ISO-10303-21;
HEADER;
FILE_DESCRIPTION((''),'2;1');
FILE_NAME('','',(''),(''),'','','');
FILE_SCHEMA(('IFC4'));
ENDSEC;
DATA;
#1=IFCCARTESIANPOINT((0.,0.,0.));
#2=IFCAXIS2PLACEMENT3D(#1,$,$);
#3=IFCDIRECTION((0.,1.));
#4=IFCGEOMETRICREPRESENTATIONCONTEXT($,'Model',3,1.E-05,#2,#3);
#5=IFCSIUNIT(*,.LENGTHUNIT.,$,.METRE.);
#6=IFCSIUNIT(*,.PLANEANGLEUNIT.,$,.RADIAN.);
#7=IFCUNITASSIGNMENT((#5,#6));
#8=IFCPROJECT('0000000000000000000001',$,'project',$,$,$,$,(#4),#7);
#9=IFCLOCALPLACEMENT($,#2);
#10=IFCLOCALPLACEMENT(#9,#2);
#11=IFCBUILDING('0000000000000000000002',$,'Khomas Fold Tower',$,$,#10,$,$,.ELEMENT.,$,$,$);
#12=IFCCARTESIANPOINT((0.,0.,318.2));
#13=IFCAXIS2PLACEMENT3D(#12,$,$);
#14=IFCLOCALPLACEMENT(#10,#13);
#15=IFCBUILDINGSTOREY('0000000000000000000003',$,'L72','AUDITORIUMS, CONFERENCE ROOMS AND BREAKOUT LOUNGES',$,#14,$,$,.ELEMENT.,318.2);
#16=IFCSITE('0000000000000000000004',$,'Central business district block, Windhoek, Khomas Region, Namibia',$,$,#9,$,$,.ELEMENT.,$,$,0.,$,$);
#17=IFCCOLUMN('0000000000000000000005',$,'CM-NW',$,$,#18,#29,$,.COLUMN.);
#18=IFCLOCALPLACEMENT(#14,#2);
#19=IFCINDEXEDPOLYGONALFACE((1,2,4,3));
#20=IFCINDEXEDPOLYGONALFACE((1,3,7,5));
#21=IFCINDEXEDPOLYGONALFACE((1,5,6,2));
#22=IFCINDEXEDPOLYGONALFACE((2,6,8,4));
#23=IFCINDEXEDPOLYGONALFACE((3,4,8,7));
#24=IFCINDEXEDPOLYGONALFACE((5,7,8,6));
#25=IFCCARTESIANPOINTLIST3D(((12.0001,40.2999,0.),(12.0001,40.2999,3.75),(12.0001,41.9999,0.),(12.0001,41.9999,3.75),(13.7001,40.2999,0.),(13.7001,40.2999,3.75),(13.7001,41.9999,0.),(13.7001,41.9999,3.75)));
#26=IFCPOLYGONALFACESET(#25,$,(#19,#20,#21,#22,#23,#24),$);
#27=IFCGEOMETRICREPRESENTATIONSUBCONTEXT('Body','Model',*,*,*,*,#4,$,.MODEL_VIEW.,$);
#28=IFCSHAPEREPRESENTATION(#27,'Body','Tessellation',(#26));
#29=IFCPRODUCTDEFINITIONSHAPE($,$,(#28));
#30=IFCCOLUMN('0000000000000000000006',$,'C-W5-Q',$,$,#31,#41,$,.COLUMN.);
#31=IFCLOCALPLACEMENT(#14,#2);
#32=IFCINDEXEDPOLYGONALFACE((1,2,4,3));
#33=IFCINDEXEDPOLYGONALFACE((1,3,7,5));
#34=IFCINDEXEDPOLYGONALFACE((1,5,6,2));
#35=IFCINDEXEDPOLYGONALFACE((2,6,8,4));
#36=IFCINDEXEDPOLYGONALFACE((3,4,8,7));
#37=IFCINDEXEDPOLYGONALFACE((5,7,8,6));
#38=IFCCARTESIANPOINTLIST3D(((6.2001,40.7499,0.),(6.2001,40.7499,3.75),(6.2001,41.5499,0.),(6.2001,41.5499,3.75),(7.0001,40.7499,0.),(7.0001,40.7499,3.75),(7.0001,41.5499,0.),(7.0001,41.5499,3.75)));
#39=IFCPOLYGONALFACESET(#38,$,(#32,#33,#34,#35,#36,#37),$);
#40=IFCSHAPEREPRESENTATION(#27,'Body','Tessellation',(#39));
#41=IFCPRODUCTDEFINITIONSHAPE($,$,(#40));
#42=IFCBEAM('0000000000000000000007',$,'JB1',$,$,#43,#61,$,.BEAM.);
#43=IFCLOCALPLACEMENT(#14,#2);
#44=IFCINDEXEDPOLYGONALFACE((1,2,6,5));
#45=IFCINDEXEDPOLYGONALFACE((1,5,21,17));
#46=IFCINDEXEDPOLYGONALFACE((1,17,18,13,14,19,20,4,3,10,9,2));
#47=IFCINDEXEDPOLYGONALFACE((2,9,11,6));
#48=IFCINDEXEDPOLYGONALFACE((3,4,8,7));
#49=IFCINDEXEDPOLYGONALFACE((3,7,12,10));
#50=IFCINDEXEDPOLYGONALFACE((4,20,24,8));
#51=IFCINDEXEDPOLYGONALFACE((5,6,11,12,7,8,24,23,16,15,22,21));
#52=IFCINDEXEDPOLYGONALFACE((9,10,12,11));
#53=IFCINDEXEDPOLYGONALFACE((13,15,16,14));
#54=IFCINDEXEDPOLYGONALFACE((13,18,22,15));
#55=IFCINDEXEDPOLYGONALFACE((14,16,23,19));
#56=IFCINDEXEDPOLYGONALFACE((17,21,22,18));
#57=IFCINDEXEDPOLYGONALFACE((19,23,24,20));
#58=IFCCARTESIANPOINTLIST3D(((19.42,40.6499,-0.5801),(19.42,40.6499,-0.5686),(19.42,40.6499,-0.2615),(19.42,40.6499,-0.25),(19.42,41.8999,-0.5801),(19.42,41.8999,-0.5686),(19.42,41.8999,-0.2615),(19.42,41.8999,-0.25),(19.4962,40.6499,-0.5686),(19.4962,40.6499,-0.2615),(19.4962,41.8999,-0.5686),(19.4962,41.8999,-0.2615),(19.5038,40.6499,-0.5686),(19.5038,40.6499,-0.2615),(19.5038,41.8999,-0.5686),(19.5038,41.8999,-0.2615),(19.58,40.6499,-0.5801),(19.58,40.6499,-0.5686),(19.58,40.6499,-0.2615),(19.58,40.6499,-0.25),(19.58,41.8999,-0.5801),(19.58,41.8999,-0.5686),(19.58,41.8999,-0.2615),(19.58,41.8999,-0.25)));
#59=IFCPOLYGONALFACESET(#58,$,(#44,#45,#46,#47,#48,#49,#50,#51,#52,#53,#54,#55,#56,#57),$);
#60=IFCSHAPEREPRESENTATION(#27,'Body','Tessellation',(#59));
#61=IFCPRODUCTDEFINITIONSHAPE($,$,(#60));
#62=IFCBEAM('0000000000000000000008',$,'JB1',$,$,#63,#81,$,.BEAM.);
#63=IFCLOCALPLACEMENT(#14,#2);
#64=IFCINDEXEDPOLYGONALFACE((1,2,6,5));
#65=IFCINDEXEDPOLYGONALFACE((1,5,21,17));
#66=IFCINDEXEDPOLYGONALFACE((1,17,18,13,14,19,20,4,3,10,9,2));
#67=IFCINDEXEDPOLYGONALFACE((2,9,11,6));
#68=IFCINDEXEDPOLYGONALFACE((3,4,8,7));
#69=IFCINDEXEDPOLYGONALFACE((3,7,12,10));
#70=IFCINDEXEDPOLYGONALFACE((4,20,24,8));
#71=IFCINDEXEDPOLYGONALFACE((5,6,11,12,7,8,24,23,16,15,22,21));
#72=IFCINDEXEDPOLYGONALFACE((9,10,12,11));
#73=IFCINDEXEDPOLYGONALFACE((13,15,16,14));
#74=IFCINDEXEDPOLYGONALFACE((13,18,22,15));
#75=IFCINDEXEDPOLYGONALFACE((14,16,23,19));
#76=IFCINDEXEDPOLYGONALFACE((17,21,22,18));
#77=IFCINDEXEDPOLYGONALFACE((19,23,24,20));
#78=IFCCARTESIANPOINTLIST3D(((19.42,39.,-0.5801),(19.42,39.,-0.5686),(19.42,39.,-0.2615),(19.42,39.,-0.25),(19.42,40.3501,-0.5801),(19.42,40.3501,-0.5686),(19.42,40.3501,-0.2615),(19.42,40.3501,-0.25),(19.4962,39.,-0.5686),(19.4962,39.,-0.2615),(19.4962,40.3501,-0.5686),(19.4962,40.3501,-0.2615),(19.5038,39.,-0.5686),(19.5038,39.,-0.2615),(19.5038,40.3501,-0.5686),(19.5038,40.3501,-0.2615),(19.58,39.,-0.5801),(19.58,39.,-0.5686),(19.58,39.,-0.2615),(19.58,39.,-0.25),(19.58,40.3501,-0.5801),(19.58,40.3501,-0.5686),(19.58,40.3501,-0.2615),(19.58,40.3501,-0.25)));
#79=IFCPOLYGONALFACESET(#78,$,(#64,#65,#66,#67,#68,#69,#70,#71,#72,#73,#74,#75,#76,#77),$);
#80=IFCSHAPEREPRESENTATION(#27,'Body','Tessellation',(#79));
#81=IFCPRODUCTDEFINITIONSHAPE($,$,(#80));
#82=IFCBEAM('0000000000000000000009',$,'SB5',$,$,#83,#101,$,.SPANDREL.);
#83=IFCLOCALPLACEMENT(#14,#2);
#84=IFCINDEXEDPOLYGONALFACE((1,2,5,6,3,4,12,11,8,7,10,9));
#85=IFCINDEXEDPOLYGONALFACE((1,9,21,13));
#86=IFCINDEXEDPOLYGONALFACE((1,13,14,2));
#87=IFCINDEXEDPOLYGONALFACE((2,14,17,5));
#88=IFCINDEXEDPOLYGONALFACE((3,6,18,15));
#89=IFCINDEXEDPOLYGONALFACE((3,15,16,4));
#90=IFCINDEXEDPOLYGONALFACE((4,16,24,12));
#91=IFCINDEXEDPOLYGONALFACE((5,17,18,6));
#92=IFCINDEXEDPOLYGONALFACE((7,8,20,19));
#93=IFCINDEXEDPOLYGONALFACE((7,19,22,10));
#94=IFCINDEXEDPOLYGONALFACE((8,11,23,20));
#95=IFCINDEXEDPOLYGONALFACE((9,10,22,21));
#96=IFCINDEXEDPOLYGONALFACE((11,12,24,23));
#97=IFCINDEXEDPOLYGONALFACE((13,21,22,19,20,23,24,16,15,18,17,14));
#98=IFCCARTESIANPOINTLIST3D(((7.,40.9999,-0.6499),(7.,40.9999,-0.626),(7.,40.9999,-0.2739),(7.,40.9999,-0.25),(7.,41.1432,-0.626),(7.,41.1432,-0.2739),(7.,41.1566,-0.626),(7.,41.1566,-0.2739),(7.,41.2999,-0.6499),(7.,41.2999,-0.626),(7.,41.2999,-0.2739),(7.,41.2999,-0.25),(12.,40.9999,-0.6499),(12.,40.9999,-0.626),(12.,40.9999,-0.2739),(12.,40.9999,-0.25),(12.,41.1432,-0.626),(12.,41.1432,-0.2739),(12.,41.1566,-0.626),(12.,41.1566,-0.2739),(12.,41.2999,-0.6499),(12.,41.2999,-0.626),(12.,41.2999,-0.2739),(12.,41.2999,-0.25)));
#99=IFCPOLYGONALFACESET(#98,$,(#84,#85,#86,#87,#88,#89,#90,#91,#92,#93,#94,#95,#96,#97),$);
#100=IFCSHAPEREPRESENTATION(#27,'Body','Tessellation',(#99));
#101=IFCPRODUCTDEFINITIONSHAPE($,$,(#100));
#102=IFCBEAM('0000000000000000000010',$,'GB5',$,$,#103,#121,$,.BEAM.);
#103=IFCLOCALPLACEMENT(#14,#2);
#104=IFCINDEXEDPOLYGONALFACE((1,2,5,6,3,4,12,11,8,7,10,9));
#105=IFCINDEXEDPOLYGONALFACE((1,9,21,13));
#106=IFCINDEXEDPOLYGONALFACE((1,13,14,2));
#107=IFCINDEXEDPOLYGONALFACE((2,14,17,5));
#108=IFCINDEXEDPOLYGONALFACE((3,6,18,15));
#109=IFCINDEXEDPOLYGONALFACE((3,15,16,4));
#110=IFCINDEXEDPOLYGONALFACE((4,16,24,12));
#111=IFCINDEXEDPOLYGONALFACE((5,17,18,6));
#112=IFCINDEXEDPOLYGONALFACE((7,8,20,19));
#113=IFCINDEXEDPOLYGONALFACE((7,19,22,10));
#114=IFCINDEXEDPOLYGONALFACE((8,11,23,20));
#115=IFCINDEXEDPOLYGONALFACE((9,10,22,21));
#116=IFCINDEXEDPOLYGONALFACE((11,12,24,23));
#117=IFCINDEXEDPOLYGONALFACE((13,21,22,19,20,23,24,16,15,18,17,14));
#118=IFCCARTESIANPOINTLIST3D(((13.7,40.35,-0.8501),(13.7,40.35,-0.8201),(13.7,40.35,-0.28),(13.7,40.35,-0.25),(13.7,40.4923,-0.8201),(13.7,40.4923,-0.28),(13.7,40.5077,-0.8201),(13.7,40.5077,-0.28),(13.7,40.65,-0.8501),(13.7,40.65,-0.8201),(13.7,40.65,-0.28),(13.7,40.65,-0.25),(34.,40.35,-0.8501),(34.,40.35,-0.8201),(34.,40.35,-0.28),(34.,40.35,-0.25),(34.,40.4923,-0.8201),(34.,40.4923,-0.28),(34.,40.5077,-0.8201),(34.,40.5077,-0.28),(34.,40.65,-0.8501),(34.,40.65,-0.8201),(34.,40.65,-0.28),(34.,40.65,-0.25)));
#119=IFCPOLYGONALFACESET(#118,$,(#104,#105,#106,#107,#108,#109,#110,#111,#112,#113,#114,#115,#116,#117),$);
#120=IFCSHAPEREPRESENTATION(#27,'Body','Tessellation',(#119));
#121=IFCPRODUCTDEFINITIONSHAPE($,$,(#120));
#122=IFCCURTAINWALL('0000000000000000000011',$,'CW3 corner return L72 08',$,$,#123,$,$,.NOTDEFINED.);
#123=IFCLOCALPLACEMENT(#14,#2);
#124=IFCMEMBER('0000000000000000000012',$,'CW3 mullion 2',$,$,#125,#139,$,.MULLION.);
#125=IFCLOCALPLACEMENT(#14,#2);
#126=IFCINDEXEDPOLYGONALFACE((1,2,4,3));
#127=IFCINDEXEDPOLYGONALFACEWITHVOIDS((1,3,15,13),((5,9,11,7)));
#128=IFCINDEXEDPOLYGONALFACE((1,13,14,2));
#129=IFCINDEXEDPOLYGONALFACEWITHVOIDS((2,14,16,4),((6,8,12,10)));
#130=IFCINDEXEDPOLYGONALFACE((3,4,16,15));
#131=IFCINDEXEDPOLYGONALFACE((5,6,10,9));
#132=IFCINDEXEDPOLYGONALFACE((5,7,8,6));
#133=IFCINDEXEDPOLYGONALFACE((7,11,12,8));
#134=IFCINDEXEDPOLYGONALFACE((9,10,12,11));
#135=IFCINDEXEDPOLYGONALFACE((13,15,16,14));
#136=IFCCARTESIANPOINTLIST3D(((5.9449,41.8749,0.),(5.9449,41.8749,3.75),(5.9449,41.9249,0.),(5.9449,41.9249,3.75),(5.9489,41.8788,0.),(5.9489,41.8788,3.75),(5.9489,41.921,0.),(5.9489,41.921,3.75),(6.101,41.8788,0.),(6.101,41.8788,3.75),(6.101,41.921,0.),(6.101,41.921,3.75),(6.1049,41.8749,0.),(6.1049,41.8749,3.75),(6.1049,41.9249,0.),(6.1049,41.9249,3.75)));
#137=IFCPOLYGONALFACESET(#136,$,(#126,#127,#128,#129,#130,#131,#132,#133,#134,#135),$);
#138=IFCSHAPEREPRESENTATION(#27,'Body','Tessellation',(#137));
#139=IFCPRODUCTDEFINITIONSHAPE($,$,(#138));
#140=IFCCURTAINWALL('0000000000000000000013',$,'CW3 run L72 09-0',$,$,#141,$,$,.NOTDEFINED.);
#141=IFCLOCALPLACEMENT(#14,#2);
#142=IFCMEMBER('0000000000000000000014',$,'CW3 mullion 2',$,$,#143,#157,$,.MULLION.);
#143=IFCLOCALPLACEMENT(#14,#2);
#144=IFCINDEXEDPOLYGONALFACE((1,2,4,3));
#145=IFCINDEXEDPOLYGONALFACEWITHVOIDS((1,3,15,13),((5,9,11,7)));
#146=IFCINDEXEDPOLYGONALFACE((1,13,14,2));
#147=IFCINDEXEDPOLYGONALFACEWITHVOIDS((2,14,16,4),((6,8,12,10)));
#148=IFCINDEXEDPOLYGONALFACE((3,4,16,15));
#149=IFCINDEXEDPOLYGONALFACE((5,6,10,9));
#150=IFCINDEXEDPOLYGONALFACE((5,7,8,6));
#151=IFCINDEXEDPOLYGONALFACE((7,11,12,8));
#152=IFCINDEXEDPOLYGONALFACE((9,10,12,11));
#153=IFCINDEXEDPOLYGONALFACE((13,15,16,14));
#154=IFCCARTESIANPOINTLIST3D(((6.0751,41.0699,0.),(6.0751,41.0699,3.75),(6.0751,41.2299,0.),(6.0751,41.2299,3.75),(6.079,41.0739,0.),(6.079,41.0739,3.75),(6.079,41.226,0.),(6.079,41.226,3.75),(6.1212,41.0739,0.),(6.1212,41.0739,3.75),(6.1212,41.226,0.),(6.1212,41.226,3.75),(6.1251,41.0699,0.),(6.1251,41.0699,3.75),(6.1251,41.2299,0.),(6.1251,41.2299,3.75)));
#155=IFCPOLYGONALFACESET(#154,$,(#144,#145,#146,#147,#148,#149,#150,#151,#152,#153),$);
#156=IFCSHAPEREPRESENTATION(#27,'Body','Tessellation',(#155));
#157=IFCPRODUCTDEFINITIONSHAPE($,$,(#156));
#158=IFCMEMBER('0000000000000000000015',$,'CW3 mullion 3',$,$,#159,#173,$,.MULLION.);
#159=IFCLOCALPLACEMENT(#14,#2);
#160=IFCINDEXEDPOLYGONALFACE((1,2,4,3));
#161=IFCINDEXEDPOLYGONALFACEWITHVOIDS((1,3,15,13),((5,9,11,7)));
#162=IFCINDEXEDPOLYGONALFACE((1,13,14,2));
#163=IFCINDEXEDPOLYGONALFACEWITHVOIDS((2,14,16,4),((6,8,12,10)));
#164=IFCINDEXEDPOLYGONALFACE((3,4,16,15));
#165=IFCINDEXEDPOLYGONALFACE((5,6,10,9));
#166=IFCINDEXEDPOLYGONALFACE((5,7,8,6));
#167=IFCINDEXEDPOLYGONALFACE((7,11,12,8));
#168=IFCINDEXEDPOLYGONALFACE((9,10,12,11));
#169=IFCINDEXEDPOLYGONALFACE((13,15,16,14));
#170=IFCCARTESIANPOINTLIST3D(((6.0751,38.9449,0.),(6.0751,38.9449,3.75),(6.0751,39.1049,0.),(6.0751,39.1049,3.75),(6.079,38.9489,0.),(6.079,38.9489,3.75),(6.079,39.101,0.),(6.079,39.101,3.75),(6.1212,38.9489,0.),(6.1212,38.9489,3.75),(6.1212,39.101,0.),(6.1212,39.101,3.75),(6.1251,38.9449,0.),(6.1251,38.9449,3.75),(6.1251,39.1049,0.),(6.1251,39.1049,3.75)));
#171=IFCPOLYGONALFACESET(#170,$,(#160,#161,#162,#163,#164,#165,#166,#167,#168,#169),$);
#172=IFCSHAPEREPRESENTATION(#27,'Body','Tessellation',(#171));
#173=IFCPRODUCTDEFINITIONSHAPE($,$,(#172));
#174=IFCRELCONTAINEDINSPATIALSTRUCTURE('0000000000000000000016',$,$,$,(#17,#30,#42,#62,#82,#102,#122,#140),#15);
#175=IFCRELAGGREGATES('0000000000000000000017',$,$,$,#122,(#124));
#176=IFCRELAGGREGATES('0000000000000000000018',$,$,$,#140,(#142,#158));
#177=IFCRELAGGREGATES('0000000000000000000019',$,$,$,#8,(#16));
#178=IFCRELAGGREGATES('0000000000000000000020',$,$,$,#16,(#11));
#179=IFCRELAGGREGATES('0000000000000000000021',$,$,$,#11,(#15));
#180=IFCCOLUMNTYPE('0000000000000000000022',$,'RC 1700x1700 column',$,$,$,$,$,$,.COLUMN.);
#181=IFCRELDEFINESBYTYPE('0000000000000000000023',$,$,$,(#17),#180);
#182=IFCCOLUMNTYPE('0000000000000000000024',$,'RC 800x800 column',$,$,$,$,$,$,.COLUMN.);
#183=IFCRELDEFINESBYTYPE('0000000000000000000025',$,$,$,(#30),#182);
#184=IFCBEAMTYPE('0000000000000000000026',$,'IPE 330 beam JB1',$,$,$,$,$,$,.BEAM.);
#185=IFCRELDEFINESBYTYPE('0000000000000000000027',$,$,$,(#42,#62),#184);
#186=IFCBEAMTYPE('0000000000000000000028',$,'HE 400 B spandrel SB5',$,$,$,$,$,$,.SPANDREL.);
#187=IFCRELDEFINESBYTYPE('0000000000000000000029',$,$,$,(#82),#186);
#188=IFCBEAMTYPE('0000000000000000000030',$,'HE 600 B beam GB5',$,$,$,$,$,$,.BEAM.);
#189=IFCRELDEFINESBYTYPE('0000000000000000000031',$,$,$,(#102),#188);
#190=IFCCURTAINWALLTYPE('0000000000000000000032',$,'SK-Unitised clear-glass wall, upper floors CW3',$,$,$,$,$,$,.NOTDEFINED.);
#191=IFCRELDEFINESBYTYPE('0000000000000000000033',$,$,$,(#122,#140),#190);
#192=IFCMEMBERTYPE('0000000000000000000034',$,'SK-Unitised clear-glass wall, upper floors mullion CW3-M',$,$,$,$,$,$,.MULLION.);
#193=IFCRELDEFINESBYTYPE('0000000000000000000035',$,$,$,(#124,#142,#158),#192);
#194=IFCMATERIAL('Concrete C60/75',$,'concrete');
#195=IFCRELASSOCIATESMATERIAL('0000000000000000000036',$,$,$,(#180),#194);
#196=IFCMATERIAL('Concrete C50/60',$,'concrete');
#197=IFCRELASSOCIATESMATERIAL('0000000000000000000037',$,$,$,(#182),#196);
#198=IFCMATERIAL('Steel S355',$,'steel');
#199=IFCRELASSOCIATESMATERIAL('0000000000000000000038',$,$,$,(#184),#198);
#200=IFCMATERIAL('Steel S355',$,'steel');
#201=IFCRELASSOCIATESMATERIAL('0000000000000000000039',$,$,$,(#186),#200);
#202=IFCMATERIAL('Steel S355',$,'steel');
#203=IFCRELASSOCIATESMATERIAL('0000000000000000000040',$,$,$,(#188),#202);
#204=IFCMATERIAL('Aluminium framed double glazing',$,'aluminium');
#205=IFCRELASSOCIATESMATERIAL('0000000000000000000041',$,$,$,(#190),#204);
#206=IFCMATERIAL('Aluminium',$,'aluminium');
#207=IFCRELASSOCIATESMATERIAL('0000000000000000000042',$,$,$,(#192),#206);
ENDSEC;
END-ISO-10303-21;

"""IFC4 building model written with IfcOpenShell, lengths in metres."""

from ifc_helpers import new_model, si_unit, direction, frame, origin, origin_2d, place, context, subcontext, project, spatial, rectangle, hollow_rectangle, i_section, extrude, source, transform, mapped, material, material_profile, profile_set, type_object, element, aggregate, save


model = new_model("IFC4")

# Units and contexts
model_context = context("Model", 3, precision=1e-05, world=origin(), true_north=direction((0.0, 1.0)))
body_context = subcontext(model_context, "Body", "Model", "MODEL_VIEW")
ifc_project = project(units=[si_unit("LENGTHUNIT", "METRE"), si_unit("PLANEANGLEUNIT", "RADIAN")], contexts=[model_context])

# Site, building, storey
site_placement = place(None, origin())
site = spatial("IfcSite", under=ifc_project, at=site_placement, Name="Central business district block, Windhoek, Khomas Region, Namibia", CompositionType="ELEMENT", RefElevation=0.0)
building_placement = place(site_placement, origin())
building = spatial("IfcBuilding", under=site, at=building_placement, Name="Khomas Fold Tower", CompositionType="ELEMENT")
storey_placement = place(building_placement, frame((0.0, 0.0, 318.2)))
storey = spatial("IfcBuildingStorey", under=building, at=storey_placement, Name="L72", Description="AUDITORIUMS, CONFERENCE ROOMS AND BREAKOUT LOUNGES", CompositionType="ELEMENT", Elevation=318.2)

# Columns
ifc_material_1 = material(Name="Concrete C60/75", Category="concrete")
ifc_material_profile_1 = material_profile(ifc_material_1, rectangle(XDim=1.7, YDim=1.7, at=origin_2d()), Name="RC 1700x1700")
ifc_profile_set_1 = profile_set([ifc_material_profile_1], Name="Concrete C60/75")
column_type_1 = type_object("IfcColumnType", Name="RC 1700x1700 column", PredefinedType="COLUMN", material=ifc_profile_set_1)
shared_shape_1 = source(origin(), body_context, "Body", "SweptSolid", [
    extrude(rectangle(XDim=1.7, YDim=1.7, at=origin_2d()), origin(), (0.0, 0.0, 1.0), 3.75),
])
column_1_placement = place(storey_placement, frame((12.8501, 41.1499, 0.0), z_axis=(0.0, 0.0, 1.0), x_axis=(1.0, 0.0, 0.0)))
element("IfcColumn", 1, at=column_1_placement, inside=storey, type_object=column_type_1, Name="CM-NW", PredefinedType="COLUMN", context=body_context, shape_type="MappedRepresentation", body=[
    mapped(shared_shape_1, transform((0.0, 0.0, 0.0))),
])
ifc_material_2 = material(Name="Concrete C50/60", Category="concrete")
ifc_material_profile_2 = material_profile(ifc_material_2, rectangle(XDim=0.8, YDim=0.8, at=origin_2d()), Name="RC 800x800")
ifc_profile_set_2 = profile_set([ifc_material_profile_2], Name="Concrete C50/60")
column_type_2 = type_object("IfcColumnType", Name="RC 800x800 column", PredefinedType="COLUMN", material=ifc_profile_set_2)
shared_shape_2 = source(origin(), body_context, "Body", "SweptSolid", [
    extrude(rectangle(XDim=0.8, YDim=0.8, at=origin_2d()), origin(), (0.0, 0.0, 1.0), 3.75),
])
column_2_placement = place(storey_placement, frame((6.6001, 41.1499, 0.0), z_axis=(0.0, 0.0, 1.0), x_axis=(1.0, 0.0, 0.0)))
element("IfcColumn", 2, at=column_2_placement, inside=storey, type_object=column_type_2, Name="C-W5-Q", PredefinedType="COLUMN", context=body_context, shape_type="MappedRepresentation", body=[
    mapped(shared_shape_2, transform((0.0, 0.0, 0.0))),
])

# Beams
ifc_material_3 = material(Name="Steel S355", Category="steel")
ifc_material_profile_3 = material_profile(ifc_material_3, i_section(OverallWidth=0.1599, OverallDepth=0.3301, WebThickness=0.0076, FlangeThickness=0.0115, at=origin_2d()), Name="IPE 330")
ifc_profile_set_3 = profile_set([ifc_material_profile_3], Name="Steel S355")
beam_type_1 = type_object("IfcBeamType", Name="IPE 330 beam JB1", PredefinedType="BEAM", material=ifc_profile_set_3)
shared_shape_3 = source(origin(), body_context, "Body", "SweptSolid", [
    extrude(i_section(OverallWidth=0.1599, OverallDepth=0.3301, WebThickness=0.0076, FlangeThickness=0.0115, at=origin_2d()), origin(), (0.0, 0.0, 1.0), 1.25),
])
beam_1_placement = place(storey_placement, frame((19.5, 40.6499, -0.415), z_axis=(0.0, 1.0, 0.0), x_axis=(-1.0, 0.0, 0.0)))
element("IfcBeam", 3, at=beam_1_placement, inside=storey, type_object=beam_type_1, Name="JB1", PredefinedType="BEAM", context=body_context, shape_type="MappedRepresentation", body=[
    mapped(shared_shape_3, transform((0.0, 0.0, 0.0))),
])
shared_shape_4 = source(origin(), body_context, "Body", "SweptSolid", [
    extrude(i_section(OverallWidth=0.1599, OverallDepth=0.3301, WebThickness=0.0076, FlangeThickness=0.0115, at=origin_2d()), origin(), (0.0, 0.0, 1.0), 1.3501),
])
beam_2_placement = place(storey_placement, frame((19.5, 39.0, -0.415), z_axis=(0.0, 1.0, 0.0), x_axis=(-1.0, 0.0, 0.0)))
element("IfcBeam", 4, at=beam_2_placement, inside=storey, type_object=beam_type_1, Name="JB1", PredefinedType="BEAM", context=body_context, shape_type="MappedRepresentation", body=[
    mapped(shared_shape_4, transform((0.0, 0.0, 0.0))),
])
ifc_material_4 = material(Name="Steel S355", Category="steel")
ifc_material_profile_4 = material_profile(ifc_material_4, i_section(OverallWidth=0.3, OverallDepth=0.3999, WebThickness=0.0134, FlangeThickness=0.0239, at=origin_2d()), Name="HE 400 B")
ifc_profile_set_4 = profile_set([ifc_material_profile_4], Name="Steel S355")
beam_type_2 = type_object("IfcBeamType", Name="HE 400 B spandrel SB5", PredefinedType="SPANDREL", material=ifc_profile_set_4)
shared_shape_5 = source(origin(), body_context, "Body", "SweptSolid", [
    extrude(i_section(OverallWidth=0.3, OverallDepth=0.3999, WebThickness=0.0134, FlangeThickness=0.0239, at=origin_2d()), origin(), (0.0, 0.0, 1.0), 5.0),
])
beam_3_placement = place(storey_placement, frame((7.0, 41.1499, -0.45), z_axis=(1.0, 0.0, 0.0), x_axis=(0.0, 1.0, 0.0)))
element("IfcBeam", 5, at=beam_3_placement, inside=storey, type_object=beam_type_2, Name="SB5", PredefinedType="SPANDREL", context=body_context, shape_type="MappedRepresentation", body=[
    mapped(shared_shape_5, transform((0.0, 0.0, 0.0))),
])
ifc_material_5 = material(Name="Steel S355", Category="steel")
ifc_material_profile_5 = material_profile(ifc_material_5, i_section(OverallWidth=0.3, OverallDepth=0.6001, WebThickness=0.0154, FlangeThickness=0.03, at=origin_2d()), Name="HE 600 B")
ifc_profile_set_5 = profile_set([ifc_material_profile_5], Name="Steel S355")
beam_type_3 = type_object("IfcBeamType", Name="HE 600 B beam GB5", PredefinedType="BEAM", material=ifc_profile_set_5)
shared_shape_6 = source(origin(), body_context, "Body", "SweptSolid", [
    extrude(i_section(OverallWidth=0.3, OverallDepth=0.6001, WebThickness=0.0154, FlangeThickness=0.03, at=origin_2d()), origin(), (0.0, 0.0, 1.0), 20.3),
])
beam_4_placement = place(storey_placement, frame((13.7, 40.5, -0.55), z_axis=(1.0, 0.0, 0.0), x_axis=(0.0, 1.0, 0.0)))
element("IfcBeam", 6, at=beam_4_placement, inside=storey, type_object=beam_type_3, Name="GB5", PredefinedType="BEAM", context=body_context, shape_type="MappedRepresentation", body=[
    mapped(shared_shape_6, transform((0.0, 0.0, 0.0))),
])

# Curtain wall, member
ifc_material_6 = material(Name="Aluminium framed double glazing", Category="aluminium")
curtain_wall_type = type_object("IfcCurtainWallType", Name="SK-Unitised clear-glass wall, upper floors CW3", PredefinedType="NOTDEFINED", material=ifc_material_6)
curtain_wall_1_placement = place(storey_placement, origin())
curtain_wall_1 = element("IfcCurtainWall", 7, at=curtain_wall_1_placement, inside=storey, type_object=curtain_wall_type, Name="CW3 corner return L72 08", PredefinedType="NOTDEFINED")
ifc_material_7 = material(Name="Aluminium", Category="aluminium")
ifc_material_profile_6 = material_profile(ifc_material_7, hollow_rectangle(XDim=0.05, YDim=0.1599, WallThickness=0.0039, at=origin_2d()), Name="SK-Unitised clear-glass wall, upper floors mullion CW3-M")
ifc_profile_set_6 = profile_set([ifc_material_profile_6], Name="Aluminium")
member_type_1 = type_object("IfcMemberType", Name="SK-Unitised clear-glass wall, upper floors mullion CW3-M", PredefinedType="MULLION", material=ifc_profile_set_6)
shared_shape_7 = source(origin(), body_context, "Body", "SweptSolid", [
    extrude(hollow_rectangle(XDim=0.05, YDim=0.1599, WallThickness=0.0039, at=origin_2d()), origin(), (0.0, 0.0, 1.0), 3.75),
])
member_1_placement = place(storey_placement, frame((6.0249, 41.8999, 0.0), z_axis=(0.0, 0.0, 1.0), x_axis=(0.0, -1.0, 0.0)))
member_1 = element("IfcMember", 8, at=member_1_placement, type_object=member_type_1, Name="CW3 mullion 2", PredefinedType="MULLION", context=body_context, shape_type="MappedRepresentation", body=[
    mapped(shared_shape_7, transform((0.0, 0.0, 0.0))),
])

# Curtain wall, members
curtain_wall_2_placement = place(storey_placement, origin())
curtain_wall_2 = element("IfcCurtainWall", 9, at=curtain_wall_2_placement, inside=storey, type_object=curtain_wall_type, Name="CW3 run L72 09-0", PredefinedType="NOTDEFINED")
member_2_placement = place(storey_placement, frame((6.1001, 41.1499, 0.0), z_axis=(0.0, 0.0, 1.0), x_axis=(1.0, 0.0, 0.0)))
member_2 = element("IfcMember", 10, at=member_2_placement, type_object=member_type_1, Name="CW3 mullion 2", PredefinedType="MULLION", context=body_context, shape_type="MappedRepresentation", body=[
    mapped(shared_shape_7, transform((0.0, 0.0, 0.0))),
])
member_3_placement = place(storey_placement, frame((6.1001, 39.0249, 0.0), z_axis=(0.0, 0.0, 1.0), x_axis=(1.0, 0.0, 0.0)))
member_3 = element("IfcMember", 11, at=member_3_placement, type_object=member_type_1, Name="CW3 mullion 3", PredefinedType="MULLION", context=body_context, shape_type="MappedRepresentation", body=[
    mapped(shared_shape_7, transform((0.0, 0.0, 0.0))),
])

aggregate(curtain_wall_1, [member_1])
aggregate(curtain_wall_2, [member_2, member_3])

save(model, "model.ifc")
